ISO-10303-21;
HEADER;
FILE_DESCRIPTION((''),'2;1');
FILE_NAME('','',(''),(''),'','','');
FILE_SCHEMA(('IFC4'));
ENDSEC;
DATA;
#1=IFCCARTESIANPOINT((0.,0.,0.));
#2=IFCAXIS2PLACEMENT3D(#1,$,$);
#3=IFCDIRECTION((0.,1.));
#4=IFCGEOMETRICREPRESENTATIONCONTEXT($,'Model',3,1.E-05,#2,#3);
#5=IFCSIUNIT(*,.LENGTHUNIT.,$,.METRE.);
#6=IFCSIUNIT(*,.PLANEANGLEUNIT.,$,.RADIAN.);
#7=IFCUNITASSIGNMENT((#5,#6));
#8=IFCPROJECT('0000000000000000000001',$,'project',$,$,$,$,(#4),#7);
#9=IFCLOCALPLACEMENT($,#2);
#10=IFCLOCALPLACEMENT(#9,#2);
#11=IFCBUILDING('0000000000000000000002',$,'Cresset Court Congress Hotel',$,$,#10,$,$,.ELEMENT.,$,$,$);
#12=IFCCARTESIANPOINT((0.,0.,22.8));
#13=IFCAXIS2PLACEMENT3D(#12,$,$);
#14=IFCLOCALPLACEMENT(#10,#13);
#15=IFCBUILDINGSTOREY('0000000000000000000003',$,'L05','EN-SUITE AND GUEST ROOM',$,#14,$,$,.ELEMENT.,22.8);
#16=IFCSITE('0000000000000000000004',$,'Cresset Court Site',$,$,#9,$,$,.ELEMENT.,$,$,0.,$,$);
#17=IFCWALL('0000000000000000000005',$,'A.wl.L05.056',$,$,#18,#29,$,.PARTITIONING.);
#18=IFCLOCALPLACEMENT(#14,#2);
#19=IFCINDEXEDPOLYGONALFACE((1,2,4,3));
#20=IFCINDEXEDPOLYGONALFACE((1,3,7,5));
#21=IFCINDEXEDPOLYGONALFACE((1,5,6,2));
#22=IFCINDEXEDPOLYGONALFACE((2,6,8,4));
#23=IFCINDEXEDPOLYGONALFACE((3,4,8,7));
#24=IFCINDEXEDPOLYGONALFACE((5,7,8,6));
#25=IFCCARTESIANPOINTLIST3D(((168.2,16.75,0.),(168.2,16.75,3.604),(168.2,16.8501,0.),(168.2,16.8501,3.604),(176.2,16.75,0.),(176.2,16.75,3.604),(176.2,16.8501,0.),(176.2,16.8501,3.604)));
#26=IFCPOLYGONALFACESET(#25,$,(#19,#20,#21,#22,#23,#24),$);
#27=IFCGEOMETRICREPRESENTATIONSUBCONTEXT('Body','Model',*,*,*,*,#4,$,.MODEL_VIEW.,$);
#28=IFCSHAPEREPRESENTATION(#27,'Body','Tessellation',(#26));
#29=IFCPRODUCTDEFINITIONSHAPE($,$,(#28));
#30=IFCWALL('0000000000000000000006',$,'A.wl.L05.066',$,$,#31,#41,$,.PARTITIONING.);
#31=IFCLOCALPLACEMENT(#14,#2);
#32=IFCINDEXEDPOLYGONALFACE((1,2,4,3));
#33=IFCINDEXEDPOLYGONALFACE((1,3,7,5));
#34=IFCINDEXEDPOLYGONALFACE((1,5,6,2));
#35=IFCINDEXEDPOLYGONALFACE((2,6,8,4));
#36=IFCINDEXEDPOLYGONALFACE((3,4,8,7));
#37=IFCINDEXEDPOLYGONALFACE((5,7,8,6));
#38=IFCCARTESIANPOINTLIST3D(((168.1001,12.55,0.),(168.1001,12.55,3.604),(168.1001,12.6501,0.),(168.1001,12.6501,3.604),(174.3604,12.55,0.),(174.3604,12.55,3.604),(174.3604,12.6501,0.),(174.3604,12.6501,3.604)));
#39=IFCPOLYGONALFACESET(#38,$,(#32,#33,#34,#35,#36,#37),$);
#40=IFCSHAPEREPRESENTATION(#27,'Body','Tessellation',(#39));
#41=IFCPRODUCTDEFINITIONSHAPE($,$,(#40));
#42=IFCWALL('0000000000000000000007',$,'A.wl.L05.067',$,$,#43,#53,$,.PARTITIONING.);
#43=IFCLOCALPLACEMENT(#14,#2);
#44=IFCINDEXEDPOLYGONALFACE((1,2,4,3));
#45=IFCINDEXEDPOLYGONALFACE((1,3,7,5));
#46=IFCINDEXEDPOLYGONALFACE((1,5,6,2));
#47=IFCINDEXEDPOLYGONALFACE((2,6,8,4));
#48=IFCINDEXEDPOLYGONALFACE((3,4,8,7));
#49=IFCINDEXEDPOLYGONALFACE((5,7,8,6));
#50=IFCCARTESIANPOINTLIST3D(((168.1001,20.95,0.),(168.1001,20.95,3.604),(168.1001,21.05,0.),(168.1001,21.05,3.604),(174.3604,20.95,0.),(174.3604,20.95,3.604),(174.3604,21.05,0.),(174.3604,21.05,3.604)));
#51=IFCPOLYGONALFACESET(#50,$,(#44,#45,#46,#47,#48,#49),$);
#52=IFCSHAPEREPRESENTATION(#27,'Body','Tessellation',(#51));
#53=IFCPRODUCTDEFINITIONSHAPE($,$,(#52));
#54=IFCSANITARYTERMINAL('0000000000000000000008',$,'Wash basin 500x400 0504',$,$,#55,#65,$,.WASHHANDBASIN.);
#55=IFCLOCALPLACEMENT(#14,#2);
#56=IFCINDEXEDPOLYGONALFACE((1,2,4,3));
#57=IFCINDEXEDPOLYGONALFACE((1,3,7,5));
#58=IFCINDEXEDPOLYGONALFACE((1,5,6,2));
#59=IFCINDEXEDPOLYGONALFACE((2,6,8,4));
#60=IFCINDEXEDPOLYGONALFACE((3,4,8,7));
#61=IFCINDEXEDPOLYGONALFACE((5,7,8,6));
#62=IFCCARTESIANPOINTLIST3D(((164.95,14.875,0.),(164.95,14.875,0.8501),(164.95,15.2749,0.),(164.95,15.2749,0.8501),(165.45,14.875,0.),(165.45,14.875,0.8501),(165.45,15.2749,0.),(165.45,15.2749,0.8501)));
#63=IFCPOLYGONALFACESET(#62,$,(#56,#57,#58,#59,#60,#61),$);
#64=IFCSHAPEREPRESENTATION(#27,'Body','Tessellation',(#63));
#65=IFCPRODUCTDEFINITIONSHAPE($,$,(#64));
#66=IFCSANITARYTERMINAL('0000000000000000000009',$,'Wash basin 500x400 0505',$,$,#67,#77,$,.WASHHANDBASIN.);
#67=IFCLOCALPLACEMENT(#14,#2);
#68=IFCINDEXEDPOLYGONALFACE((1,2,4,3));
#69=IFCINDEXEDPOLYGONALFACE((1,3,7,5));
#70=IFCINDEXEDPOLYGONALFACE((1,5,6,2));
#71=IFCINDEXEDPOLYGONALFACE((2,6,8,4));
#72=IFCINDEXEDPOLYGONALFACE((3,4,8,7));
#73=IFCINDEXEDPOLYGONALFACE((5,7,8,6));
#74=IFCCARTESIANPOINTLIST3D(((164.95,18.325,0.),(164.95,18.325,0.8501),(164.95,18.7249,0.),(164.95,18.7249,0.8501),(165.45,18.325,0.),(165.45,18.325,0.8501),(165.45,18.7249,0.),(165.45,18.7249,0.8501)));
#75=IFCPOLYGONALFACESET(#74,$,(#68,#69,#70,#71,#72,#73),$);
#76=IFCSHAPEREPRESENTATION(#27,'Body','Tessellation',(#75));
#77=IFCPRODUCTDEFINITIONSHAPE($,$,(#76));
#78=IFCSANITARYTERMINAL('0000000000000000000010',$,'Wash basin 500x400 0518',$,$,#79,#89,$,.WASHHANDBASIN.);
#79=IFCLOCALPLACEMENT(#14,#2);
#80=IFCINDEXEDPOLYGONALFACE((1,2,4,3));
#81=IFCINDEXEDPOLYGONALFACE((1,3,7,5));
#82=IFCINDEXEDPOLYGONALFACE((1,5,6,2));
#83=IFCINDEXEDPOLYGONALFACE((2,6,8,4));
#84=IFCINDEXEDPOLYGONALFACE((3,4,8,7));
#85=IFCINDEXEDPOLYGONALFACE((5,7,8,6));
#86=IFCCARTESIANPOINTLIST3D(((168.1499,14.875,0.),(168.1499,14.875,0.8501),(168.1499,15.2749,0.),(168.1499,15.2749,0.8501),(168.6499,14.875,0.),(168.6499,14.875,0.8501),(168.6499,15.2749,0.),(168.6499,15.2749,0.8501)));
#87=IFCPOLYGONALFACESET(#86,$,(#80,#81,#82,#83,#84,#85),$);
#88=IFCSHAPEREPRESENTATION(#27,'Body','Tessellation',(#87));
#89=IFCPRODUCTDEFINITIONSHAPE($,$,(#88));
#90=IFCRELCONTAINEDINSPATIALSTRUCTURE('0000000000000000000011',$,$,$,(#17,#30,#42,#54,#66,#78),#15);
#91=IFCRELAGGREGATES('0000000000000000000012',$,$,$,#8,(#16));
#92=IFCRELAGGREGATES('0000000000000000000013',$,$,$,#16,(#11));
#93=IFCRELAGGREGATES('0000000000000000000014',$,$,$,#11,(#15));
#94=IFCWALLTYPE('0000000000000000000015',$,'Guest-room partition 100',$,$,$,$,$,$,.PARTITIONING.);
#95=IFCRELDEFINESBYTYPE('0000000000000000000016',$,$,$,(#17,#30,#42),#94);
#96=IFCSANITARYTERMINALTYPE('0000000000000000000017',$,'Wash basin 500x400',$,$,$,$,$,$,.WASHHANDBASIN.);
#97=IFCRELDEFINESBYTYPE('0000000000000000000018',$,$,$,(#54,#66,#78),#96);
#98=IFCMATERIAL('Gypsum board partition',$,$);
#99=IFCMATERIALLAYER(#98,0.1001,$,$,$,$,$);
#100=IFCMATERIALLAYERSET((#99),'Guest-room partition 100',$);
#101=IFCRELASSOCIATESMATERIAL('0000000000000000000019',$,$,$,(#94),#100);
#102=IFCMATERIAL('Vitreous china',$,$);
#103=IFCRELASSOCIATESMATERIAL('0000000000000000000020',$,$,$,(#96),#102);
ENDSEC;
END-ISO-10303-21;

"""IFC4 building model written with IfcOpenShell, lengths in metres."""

from ifc_helpers import new_model, si_unit, direction, frame, frame_2d, origin, origin_2d, place, context, subcontext, project, spatial, rectangle, extrude, material, layer, layer_set, type_object, element, save


model = new_model("IFC4")

# Units and contexts
model_context = context("Model", 3, precision=1e-05, world=origin(), true_north=direction((0.0, 1.0)))
body_context = subcontext(model_context, "Body", "Model", "MODEL_VIEW")
ifc_project = project(units=[si_unit("LENGTHUNIT", "METRE"), si_unit("PLANEANGLEUNIT", "RADIAN")], contexts=[model_context])

# Site, building, storey
site_placement = place(None, origin())
site = spatial("IfcSite", under=ifc_project, at=site_placement, Name="Cresset Court Site", CompositionType="ELEMENT", RefElevation=0.0)
building_placement = place(site_placement, origin())
building = spatial("IfcBuilding", under=site, at=building_placement, Name="Cresset Court Congress Hotel", CompositionType="ELEMENT")
storey_placement = place(building_placement, frame((0.0, 0.0, 22.8)))
storey = spatial("IfcBuildingStorey", under=building, at=storey_placement, Name="L05", Description="EN-SUITE AND GUEST ROOM", CompositionType="ELEMENT", Elevation=22.8)

# Walls
ifc_material_1 = material(Name="Gypsum board partition")
ifc_layer_1 = layer(ifc_material_1, 0.1001)
ifc_layer_set_1 = layer_set([ifc_layer_1], Name="Guest-room partition 100")
wall_type_1 = type_object("IfcWallType", Name="Guest-room partition 100", PredefinedType="PARTITIONING", material=ifc_layer_set_1)
wall_1_placement = place(storey_placement, frame((168.2, 16.8, 0.0), z_axis=(0.0, 0.0, 1.0), x_axis=(1.0, 0.0, 0.0)))
element("IfcWall", 1, at=wall_1_placement, inside=storey, type_object=wall_type_1, Name="A.wl.L05.056", PredefinedType="PARTITIONING", context=body_context, shape_type="SweptSolid", body=[
    extrude(rectangle(XDim=8.0, YDim=0.1001, at=frame_2d((4.0, 0.0))), origin(), (0.0, 0.0, 1.0), 3.604),
])
for number, where, z_axis, x_axis, name in (
    (2, (168.1001, 12.6001, 0.0), (0.0, 0.0, 1.0), (1.0, 0.0, 0.0), "A.wl.L05.066"),
    (3, (168.1001, 21.0, 0.0), (0.0, 0.0, 1.0), (1.0, 0.0, 0.0), "A.wl.L05.067"),
):
    element("IfcWall", number, at=place(storey_placement, frame(where, z_axis=z_axis, x_axis=x_axis)), inside=storey, type_object=wall_type_1, Name=name, PredefinedType="PARTITIONING", context=body_context, shape_type="SweptSolid", body=[
        extrude(rectangle(XDim=6.2603, YDim=0.1001, at=frame_2d((3.1301, 0.0))), origin(), (0.0, 0.0, 1.0), 3.604),
    ])

# Sanitary terminals
ifc_material_2 = material(Name="Vitreous china")
sanitary_terminal_type = type_object("IfcSanitaryTerminalType", Name="Wash basin 500x400", PredefinedType="WASHHANDBASIN", material=ifc_material_2)
for number, where, z_axis, x_axis, name in (
    (4, (165.2, 15.075, 0.0), (0.0, 0.0, 1.0), (1.0, 0.0, 0.0), "Wash basin 500x400 0504"),
    (5, (165.2, 18.5249, 0.0), (0.0, 0.0, 1.0), (1.0, 0.0, 0.0), "Wash basin 500x400 0505"),
    (6, (168.3999, 15.075, 0.0), (0.0, 0.0, 1.0), (1.0, 0.0, 0.0), "Wash basin 500x400 0518"),
):
    element("IfcSanitaryTerminal", number, at=place(storey_placement, frame(where, z_axis=z_axis, x_axis=x_axis)), inside=storey, type_object=sanitary_terminal_type, Name=name, PredefinedType="WASHHANDBASIN", context=body_context, shape_type="SweptSolid", body=[
        extrude(rectangle(XDim=0.5, YDim=0.3999, at=origin_2d()), origin(), (0.0, 0.0, 1.0), 0.8501),
    ])

save(model, "model.ifc")
